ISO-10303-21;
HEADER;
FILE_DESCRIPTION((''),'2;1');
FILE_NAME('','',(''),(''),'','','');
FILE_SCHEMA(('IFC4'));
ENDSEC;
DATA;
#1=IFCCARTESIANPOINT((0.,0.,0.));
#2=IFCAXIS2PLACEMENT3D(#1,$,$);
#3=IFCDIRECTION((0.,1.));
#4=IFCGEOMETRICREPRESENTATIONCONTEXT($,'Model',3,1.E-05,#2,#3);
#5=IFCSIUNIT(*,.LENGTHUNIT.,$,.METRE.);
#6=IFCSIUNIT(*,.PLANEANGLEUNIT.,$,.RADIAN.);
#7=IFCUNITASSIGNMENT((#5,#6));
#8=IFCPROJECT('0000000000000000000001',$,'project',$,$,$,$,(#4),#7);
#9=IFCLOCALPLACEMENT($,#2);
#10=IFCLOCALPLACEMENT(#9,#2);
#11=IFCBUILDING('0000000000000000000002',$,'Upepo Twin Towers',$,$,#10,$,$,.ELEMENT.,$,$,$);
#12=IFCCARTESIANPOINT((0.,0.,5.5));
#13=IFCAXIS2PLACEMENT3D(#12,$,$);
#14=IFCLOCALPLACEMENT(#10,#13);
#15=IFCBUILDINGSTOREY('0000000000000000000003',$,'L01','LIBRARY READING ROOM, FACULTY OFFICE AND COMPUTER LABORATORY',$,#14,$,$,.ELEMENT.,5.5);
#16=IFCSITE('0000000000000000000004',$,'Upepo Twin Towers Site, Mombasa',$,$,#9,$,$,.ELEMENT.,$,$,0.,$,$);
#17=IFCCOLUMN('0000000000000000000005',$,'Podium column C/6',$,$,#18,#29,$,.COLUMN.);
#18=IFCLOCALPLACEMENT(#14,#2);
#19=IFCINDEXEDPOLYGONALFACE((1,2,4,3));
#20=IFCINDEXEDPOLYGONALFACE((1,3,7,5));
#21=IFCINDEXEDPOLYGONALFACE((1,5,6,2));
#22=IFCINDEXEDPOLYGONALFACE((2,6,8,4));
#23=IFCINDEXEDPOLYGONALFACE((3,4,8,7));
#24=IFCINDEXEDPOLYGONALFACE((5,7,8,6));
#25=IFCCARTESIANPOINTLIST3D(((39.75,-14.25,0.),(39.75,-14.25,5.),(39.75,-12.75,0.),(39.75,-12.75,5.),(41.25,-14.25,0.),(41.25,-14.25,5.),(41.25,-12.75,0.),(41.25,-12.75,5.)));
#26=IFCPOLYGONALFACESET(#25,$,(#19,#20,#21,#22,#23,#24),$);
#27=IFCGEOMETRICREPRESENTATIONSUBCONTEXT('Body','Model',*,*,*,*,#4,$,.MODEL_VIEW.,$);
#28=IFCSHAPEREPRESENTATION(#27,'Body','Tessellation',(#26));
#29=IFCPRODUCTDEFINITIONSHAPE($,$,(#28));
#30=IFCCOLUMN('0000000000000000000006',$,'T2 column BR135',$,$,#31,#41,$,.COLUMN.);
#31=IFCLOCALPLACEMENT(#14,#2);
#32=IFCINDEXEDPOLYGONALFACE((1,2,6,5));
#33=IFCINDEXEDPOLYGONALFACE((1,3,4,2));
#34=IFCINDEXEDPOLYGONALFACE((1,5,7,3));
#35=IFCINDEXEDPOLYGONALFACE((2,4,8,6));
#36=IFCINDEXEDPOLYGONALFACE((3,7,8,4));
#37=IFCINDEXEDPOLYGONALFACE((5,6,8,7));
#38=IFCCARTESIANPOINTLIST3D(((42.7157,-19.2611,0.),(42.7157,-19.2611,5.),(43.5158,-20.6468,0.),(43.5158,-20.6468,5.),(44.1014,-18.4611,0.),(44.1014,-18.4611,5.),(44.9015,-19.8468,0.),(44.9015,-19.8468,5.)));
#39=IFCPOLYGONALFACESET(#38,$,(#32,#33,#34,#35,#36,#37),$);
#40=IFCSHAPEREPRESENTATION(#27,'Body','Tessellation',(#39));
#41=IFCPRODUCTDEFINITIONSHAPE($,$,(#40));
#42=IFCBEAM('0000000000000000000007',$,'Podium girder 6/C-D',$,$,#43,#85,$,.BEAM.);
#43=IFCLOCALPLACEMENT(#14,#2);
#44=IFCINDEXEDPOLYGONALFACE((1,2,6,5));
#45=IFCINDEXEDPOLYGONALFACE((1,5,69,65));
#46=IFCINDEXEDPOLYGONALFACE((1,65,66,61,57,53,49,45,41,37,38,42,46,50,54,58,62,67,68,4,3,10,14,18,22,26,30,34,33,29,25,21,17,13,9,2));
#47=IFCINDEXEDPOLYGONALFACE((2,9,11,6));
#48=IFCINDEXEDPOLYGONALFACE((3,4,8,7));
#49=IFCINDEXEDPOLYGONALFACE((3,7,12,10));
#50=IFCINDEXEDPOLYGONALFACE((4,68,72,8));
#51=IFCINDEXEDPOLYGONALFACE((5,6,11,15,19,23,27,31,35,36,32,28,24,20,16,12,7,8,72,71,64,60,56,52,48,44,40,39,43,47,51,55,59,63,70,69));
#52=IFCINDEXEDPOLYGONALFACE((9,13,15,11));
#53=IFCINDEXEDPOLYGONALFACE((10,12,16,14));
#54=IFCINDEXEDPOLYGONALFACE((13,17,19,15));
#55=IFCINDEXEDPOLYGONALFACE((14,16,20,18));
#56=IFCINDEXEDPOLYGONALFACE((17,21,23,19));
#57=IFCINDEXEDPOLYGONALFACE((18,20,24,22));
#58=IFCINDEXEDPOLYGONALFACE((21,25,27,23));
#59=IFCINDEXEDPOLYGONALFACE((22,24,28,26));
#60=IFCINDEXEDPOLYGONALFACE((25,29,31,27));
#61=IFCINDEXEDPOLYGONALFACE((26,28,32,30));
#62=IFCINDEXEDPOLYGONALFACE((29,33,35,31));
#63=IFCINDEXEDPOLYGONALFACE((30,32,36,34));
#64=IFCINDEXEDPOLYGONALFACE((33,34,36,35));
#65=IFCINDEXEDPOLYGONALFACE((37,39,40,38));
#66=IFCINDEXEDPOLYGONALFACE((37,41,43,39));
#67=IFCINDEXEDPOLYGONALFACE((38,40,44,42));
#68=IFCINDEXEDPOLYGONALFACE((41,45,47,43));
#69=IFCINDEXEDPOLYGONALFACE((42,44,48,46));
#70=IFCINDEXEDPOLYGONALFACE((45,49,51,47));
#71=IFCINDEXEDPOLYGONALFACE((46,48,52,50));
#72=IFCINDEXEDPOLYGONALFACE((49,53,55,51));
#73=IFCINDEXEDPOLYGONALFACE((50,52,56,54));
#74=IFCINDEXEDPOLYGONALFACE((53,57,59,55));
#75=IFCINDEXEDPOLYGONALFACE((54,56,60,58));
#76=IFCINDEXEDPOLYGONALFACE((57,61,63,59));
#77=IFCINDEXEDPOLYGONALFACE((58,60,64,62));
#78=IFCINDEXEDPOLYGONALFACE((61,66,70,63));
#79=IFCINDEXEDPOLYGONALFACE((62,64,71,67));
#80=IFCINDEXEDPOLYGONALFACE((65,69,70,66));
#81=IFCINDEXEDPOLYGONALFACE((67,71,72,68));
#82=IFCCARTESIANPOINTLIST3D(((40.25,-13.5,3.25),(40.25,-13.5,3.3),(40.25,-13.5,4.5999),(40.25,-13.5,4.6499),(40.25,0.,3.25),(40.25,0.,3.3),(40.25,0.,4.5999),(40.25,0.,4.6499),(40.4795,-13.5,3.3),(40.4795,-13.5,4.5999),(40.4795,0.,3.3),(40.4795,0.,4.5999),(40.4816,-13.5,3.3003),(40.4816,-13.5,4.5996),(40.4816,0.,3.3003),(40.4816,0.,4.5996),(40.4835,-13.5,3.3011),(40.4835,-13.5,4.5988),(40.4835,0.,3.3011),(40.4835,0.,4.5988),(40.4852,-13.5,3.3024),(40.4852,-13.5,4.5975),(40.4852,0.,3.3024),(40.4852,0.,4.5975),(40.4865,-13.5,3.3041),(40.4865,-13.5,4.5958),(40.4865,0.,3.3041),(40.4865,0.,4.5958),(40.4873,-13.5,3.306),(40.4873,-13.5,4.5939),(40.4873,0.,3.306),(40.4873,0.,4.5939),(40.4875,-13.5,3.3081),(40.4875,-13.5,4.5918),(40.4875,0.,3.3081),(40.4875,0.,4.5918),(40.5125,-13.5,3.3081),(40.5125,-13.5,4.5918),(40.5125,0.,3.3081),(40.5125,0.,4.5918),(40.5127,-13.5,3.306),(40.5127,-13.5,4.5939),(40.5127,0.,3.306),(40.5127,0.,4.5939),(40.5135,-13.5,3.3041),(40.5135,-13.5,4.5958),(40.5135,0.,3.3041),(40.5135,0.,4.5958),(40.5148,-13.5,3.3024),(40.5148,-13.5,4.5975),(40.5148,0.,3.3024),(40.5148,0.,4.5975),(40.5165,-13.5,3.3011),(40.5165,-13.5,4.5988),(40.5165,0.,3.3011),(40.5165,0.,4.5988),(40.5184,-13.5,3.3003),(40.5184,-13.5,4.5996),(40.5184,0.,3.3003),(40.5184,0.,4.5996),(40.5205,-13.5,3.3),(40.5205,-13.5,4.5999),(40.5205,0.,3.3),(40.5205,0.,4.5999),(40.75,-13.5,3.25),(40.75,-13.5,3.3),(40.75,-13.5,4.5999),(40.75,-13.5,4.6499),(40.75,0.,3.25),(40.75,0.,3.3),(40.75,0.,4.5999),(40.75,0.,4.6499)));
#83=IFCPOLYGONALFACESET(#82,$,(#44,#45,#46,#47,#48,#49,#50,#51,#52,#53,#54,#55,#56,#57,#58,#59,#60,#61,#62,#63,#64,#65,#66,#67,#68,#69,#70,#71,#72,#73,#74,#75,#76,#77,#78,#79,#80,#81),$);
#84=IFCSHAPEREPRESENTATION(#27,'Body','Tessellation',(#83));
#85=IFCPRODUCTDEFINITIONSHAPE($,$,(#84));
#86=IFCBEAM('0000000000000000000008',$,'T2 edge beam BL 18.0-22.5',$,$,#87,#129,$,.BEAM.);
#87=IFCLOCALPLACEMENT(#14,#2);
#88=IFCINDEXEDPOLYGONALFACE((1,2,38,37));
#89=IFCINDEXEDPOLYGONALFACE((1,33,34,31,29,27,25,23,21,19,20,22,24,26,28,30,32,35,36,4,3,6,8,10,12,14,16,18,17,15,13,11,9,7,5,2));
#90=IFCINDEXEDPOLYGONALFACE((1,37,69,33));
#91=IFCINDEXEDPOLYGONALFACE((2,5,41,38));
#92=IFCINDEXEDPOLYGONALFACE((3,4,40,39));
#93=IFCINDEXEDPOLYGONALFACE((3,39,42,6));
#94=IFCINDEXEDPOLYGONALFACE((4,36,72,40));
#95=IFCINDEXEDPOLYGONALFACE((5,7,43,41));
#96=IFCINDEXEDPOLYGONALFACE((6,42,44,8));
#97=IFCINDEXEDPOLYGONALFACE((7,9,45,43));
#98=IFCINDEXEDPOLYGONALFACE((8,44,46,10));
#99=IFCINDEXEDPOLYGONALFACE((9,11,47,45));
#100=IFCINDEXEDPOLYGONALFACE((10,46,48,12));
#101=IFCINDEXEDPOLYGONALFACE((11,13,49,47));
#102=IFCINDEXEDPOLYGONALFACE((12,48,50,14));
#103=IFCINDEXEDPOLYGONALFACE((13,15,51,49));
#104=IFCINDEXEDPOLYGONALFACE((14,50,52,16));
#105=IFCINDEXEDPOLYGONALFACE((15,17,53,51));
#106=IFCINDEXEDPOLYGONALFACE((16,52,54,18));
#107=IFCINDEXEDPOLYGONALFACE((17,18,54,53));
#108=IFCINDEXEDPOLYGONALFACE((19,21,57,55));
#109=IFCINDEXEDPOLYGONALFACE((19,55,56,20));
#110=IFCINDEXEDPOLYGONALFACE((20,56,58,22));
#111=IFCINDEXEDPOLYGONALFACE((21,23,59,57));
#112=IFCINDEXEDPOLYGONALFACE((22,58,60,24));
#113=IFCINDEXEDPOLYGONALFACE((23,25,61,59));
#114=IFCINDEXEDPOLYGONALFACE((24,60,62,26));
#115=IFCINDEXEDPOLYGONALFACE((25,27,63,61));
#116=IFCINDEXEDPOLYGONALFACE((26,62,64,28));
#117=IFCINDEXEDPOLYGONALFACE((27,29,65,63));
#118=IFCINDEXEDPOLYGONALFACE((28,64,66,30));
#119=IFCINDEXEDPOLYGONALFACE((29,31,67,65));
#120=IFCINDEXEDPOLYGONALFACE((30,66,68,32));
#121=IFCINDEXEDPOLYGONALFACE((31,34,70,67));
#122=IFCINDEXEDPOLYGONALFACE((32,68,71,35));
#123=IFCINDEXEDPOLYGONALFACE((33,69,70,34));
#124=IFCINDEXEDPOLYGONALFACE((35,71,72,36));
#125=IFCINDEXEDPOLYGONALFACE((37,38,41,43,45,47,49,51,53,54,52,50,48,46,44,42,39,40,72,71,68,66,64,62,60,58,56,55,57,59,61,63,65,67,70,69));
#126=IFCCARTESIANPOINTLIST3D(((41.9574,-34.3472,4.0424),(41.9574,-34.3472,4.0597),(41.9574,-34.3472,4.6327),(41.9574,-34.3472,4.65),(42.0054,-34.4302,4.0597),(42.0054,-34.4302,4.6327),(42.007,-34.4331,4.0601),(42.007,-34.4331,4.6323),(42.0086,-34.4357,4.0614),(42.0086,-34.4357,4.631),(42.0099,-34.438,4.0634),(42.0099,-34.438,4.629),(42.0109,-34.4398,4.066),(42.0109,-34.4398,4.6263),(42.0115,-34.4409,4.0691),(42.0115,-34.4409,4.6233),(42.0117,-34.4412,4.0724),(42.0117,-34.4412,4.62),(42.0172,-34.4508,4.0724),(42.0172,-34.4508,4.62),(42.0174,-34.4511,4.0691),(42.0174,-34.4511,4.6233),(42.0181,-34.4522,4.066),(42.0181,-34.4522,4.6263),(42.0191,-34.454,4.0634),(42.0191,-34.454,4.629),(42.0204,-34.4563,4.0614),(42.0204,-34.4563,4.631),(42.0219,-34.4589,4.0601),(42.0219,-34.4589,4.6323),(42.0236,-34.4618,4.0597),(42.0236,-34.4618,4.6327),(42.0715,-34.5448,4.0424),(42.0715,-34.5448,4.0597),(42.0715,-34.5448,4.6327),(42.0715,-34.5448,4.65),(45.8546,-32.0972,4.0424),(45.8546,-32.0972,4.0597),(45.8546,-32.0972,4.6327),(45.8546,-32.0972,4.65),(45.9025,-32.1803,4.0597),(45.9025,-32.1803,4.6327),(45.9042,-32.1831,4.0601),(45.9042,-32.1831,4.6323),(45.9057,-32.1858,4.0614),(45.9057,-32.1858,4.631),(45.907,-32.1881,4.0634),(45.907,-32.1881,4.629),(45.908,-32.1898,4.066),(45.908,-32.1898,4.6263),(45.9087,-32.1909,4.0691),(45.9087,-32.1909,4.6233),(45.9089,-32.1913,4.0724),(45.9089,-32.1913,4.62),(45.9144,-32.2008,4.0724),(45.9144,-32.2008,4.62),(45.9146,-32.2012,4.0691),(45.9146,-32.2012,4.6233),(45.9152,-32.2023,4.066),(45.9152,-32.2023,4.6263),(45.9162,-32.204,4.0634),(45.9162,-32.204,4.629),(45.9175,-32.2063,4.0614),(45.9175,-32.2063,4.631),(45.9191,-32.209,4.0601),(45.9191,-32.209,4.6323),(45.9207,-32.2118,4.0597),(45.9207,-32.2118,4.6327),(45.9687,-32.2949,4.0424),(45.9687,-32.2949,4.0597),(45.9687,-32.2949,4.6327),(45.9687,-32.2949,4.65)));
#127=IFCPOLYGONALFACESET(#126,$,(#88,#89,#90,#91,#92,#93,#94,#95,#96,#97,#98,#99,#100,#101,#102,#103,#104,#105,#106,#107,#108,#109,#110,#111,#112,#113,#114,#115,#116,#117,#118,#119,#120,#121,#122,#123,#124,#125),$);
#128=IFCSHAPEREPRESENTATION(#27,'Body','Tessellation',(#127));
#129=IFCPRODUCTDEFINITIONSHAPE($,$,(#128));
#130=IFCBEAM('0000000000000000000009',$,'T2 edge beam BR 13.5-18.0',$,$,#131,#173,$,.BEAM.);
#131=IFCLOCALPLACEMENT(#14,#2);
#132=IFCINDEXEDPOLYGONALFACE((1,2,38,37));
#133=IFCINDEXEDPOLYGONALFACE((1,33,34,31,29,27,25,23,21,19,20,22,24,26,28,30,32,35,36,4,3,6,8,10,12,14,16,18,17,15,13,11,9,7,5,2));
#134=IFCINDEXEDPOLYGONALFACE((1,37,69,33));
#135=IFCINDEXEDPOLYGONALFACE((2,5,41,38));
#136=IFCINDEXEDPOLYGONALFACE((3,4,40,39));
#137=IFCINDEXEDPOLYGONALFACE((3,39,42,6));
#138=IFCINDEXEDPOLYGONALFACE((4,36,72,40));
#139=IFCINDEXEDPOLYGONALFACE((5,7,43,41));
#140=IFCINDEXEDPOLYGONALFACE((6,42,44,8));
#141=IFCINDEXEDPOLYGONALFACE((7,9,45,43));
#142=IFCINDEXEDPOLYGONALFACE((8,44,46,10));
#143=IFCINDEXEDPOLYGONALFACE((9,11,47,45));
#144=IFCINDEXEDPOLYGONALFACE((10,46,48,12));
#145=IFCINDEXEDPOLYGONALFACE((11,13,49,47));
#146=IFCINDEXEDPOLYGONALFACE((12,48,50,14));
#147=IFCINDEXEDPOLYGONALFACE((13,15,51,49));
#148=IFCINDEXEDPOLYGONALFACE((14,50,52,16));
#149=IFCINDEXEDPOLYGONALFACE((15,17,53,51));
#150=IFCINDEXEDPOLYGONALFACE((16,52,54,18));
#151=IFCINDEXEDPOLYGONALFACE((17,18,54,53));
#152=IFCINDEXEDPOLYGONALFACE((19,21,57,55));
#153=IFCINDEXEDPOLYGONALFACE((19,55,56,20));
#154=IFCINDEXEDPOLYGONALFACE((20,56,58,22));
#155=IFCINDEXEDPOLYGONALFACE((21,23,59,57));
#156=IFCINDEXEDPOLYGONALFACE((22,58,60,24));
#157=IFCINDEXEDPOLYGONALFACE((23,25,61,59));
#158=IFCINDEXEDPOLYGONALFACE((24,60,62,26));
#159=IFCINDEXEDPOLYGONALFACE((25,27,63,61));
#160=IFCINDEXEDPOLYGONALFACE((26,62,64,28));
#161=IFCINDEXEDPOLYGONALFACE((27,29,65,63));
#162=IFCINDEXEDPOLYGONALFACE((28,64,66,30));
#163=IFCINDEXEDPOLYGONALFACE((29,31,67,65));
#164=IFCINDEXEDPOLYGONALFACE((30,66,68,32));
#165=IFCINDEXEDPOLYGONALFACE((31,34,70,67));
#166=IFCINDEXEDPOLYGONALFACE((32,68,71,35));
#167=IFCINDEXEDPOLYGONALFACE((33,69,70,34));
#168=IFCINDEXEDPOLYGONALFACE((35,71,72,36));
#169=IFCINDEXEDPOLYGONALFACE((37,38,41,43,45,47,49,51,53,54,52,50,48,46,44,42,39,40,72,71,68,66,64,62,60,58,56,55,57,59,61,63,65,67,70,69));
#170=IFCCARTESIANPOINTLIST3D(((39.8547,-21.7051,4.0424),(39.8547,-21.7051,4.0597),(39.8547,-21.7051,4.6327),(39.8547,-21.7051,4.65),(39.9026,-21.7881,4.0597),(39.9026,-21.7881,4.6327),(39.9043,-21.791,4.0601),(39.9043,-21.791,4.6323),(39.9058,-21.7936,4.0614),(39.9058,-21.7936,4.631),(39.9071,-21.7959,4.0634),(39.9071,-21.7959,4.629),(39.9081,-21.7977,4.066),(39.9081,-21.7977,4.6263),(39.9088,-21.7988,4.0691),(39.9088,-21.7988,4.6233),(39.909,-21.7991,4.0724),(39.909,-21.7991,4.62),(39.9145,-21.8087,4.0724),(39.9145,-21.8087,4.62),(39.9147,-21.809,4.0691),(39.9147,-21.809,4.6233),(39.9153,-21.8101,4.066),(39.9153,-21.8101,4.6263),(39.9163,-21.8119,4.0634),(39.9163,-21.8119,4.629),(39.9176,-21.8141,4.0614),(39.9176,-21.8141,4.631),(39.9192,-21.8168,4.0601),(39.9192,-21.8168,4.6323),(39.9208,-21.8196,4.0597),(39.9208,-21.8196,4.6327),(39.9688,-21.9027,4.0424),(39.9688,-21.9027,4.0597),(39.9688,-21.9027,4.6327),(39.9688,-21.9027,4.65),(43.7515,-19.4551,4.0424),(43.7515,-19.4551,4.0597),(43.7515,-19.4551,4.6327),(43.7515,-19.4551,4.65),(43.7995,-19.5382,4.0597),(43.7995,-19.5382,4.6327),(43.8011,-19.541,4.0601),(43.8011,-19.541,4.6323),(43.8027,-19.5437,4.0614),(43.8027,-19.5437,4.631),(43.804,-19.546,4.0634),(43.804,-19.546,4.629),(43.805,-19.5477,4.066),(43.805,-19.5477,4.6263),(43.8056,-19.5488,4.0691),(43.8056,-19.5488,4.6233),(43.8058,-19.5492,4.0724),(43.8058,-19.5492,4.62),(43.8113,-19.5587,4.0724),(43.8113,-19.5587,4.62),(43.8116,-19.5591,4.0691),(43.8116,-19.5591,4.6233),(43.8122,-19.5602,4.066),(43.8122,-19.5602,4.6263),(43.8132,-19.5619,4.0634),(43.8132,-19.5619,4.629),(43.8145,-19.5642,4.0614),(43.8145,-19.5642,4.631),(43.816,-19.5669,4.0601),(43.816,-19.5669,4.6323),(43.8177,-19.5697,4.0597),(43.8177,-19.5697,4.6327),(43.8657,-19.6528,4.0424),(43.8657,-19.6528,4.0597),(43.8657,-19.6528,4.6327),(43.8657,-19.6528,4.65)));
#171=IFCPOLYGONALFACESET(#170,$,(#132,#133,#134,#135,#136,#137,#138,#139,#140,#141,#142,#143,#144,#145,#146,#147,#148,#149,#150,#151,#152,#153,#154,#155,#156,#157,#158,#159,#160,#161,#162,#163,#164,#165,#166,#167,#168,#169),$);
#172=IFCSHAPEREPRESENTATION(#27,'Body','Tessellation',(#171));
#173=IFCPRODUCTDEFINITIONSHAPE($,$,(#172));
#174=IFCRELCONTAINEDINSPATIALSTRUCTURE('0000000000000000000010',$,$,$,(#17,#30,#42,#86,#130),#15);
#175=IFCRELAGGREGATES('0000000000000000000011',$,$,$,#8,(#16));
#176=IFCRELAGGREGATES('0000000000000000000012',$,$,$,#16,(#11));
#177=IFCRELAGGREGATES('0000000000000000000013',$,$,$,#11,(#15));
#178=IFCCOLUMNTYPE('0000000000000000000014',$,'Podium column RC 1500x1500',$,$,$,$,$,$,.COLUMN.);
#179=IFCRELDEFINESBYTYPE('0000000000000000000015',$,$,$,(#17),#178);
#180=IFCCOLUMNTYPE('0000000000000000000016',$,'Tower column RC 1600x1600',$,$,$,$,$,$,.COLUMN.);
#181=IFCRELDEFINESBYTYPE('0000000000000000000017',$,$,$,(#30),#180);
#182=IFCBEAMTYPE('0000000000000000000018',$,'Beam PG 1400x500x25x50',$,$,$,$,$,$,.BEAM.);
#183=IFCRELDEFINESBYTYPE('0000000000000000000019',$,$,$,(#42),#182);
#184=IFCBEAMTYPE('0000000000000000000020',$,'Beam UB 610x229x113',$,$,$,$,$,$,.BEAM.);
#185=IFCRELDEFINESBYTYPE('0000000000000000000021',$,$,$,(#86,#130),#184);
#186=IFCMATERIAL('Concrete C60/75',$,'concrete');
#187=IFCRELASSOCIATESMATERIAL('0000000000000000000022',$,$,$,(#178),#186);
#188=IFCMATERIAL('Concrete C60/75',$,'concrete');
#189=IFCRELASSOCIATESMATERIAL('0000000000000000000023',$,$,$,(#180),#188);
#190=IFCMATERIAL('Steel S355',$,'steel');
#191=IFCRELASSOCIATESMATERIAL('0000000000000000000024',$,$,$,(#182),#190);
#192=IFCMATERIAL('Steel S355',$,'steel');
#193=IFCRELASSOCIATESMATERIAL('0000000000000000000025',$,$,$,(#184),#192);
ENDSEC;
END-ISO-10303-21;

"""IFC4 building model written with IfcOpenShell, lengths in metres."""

from ifc_helpers import new_model, si_unit, direction, frame, origin, origin_2d, place, context, subcontext, project, spatial, rectangle, i_section, extrude, material, material_profile, profile_set, type_object, element, save


model = new_model("IFC4")

# Units and contexts
model_context = context("Model", 3, precision=1e-05, world=origin(), true_north=direction((0.0, 1.0)))
body_context = subcontext(model_context, "Body", "Model", "MODEL_VIEW")
ifc_project = project(units=[si_unit("LENGTHUNIT", "METRE"), si_unit("PLANEANGLEUNIT", "RADIAN")], contexts=[model_context])

# Site, building, storey
site_placement = place(None, origin())
site = spatial("IfcSite", under=ifc_project, at=site_placement, Name="Upepo Twin Towers Site, Mombasa", CompositionType="ELEMENT", RefElevation=0.0)
building_placement = place(site_placement, origin())
building = spatial("IfcBuilding", under=site, at=building_placement, Name="Upepo Twin Towers", CompositionType="ELEMENT")
storey_placement = place(building_placement, frame((0.0, 0.0, 5.5)))
storey = spatial("IfcBuildingStorey", under=building, at=storey_placement, Name="L01", Description="LIBRARY READING ROOM, FACULTY OFFICE AND COMPUTER LABORATORY", CompositionType="ELEMENT", Elevation=5.5)

# Columns
ifc_material_1 = material(Name="Concrete C60/75", Category="concrete")
ifc_material_profile_1 = material_profile(ifc_material_1, rectangle(XDim=1.5, YDim=1.5, at=origin_2d()), Name="RC 1500x1500")
ifc_profile_set_1 = profile_set([ifc_material_profile_1], Name="Concrete C60/75")
column_type_1 = type_object("IfcColumnType", Name="Podium column RC 1500x1500", PredefinedType="COLUMN", material=ifc_profile_set_1)
column_1_placement = place(storey_placement, frame((40.5, -13.5, 0.0), z_axis=(0.0, 0.0, 1.0), x_axis=(1.0, 0.0, 0.0)))
element("IfcColumn", 1, at=column_1_placement, inside=storey, type_object=column_type_1, Name="Podium column C/6", PredefinedType="COLUMN", context=body_context, shape_type="SweptSolid", body=[
    extrude(rectangle(XDim=1.5, YDim=1.5, at=origin_2d()), origin(), (0.0, 0.0, 1.0), 5.0),
])
ifc_material_2 = material(Name="Concrete C60/75", Category="concrete")
ifc_material_profile_2 = material_profile(ifc_material_2, rectangle(XDim=1.6001, YDim=1.6001, at=origin_2d()), Name="RC 1600x1600")
ifc_profile_set_2 = profile_set([ifc_material_profile_2], Name="Concrete C60/75")
column_type_2 = type_object("IfcColumnType", Name="Tower column RC 1600x1600", PredefinedType="COLUMN", material=ifc_profile_set_2)
column_2_placement = place(storey_placement, frame((43.8086, -19.554, 0.0), z_axis=(0.0, 0.0, 1.0), x_axis=(0.866025, 0.5, 0.0)))
element("IfcColumn", 2, at=column_2_placement, inside=storey, type_object=column_type_2, Name="T2 column BR135", PredefinedType="COLUMN", context=body_context, shape_type="SweptSolid", body=[
    extrude(rectangle(XDim=1.6001, YDim=1.6001, at=origin_2d()), origin(), (0.0, 0.0, 1.0), 5.0),
])

# Beams
ifc_material_3 = material(Name="Steel S355", Category="steel")
ifc_material_profile_3 = material_profile(ifc_material_3, i_section(OverallWidth=0.5, OverallDepth=1.3999, WebThickness=0.0249, FlangeThickness=0.05, FilletRadius=0.0081, at=origin_2d()), Name="PG 1400x500x25x50")
ifc_profile_set_3 = profile_set([ifc_material_profile_3], Name="Steel S355")
beam_type_1 = type_object("IfcBeamType", Name="Beam PG 1400x500x25x50", PredefinedType="BEAM", material=ifc_profile_set_3)
beam_1_placement = place(storey_placement, frame((40.5, -13.5, 3.95), z_axis=(0.0, 1.0, 0.0), x_axis=(-1.0, 0.0, 0.0)))
element("IfcBeam", 3, at=beam_1_placement, inside=storey, type_object=beam_type_1, Name="Podium girder 6/C-D", PredefinedType="BEAM", context=body_context, shape_type="SweptSolid", body=[
    extrude(i_section(OverallWidth=0.5, OverallDepth=1.3999, WebThickness=0.0249, FlangeThickness=0.05, FilletRadius=0.0081, at=origin_2d()), origin(), (0.0, 0.0, 1.0), 13.5),
])
ifc_material_4 = material(Name="Steel S355", Category="steel")
ifc_material_profile_4 = material_profile(ifc_material_4, i_section(OverallWidth=0.2283, OverallDepth=0.6077, WebThickness=0.011, FlangeThickness=0.0173, FilletRadius=0.0127, at=origin_2d()), Name="UB 610x229x113")
ifc_profile_set_4 = profile_set([ifc_material_profile_4], Name="Steel S355")
beam_type_2 = type_object("IfcBeamType", Name="Beam UB 610x229x113", PredefinedType="BEAM", material=ifc_profile_set_4)
beam_2_placement = place(storey_placement, frame((45.9116, -32.196, 4.3462), z_axis=(-0.866031, -0.49999, 0.0), x_axis=(0.49999, -0.866031, 0.0)))
element("IfcBeam", 4, at=beam_2_placement, inside=storey, type_object=beam_type_2, Name="T2 edge beam BL 18.0-22.5", PredefinedType="BEAM", context=body_context, shape_type="SweptSolid", body=[
    extrude(i_section(OverallWidth=0.2283, OverallDepth=0.6077, WebThickness=0.011, FlangeThickness=0.0173, FilletRadius=0.0127, at=origin_2d()), origin(), (0.0, 0.0, 1.0), 4.5),
])
beam_3_placement = place(storey_placement, frame((43.8086, -19.554, 4.3462), z_axis=(-0.866018, -0.500014, 0.0), x_axis=(0.500014, -0.866018, 0.0)))
element("IfcBeam", 5, at=beam_3_placement, inside=storey, type_object=beam_type_2, Name="T2 edge beam BR 13.5-18.0", PredefinedType="BEAM", context=body_context, shape_type="SweptSolid", body=[
    extrude(i_section(OverallWidth=0.2283, OverallDepth=0.6077, WebThickness=0.011, FlangeThickness=0.0173, FilletRadius=0.0127, at=origin_2d()), origin(), (0.0, 0.0, 1.0), 4.4998),
])

save(model, "model.ifc")
